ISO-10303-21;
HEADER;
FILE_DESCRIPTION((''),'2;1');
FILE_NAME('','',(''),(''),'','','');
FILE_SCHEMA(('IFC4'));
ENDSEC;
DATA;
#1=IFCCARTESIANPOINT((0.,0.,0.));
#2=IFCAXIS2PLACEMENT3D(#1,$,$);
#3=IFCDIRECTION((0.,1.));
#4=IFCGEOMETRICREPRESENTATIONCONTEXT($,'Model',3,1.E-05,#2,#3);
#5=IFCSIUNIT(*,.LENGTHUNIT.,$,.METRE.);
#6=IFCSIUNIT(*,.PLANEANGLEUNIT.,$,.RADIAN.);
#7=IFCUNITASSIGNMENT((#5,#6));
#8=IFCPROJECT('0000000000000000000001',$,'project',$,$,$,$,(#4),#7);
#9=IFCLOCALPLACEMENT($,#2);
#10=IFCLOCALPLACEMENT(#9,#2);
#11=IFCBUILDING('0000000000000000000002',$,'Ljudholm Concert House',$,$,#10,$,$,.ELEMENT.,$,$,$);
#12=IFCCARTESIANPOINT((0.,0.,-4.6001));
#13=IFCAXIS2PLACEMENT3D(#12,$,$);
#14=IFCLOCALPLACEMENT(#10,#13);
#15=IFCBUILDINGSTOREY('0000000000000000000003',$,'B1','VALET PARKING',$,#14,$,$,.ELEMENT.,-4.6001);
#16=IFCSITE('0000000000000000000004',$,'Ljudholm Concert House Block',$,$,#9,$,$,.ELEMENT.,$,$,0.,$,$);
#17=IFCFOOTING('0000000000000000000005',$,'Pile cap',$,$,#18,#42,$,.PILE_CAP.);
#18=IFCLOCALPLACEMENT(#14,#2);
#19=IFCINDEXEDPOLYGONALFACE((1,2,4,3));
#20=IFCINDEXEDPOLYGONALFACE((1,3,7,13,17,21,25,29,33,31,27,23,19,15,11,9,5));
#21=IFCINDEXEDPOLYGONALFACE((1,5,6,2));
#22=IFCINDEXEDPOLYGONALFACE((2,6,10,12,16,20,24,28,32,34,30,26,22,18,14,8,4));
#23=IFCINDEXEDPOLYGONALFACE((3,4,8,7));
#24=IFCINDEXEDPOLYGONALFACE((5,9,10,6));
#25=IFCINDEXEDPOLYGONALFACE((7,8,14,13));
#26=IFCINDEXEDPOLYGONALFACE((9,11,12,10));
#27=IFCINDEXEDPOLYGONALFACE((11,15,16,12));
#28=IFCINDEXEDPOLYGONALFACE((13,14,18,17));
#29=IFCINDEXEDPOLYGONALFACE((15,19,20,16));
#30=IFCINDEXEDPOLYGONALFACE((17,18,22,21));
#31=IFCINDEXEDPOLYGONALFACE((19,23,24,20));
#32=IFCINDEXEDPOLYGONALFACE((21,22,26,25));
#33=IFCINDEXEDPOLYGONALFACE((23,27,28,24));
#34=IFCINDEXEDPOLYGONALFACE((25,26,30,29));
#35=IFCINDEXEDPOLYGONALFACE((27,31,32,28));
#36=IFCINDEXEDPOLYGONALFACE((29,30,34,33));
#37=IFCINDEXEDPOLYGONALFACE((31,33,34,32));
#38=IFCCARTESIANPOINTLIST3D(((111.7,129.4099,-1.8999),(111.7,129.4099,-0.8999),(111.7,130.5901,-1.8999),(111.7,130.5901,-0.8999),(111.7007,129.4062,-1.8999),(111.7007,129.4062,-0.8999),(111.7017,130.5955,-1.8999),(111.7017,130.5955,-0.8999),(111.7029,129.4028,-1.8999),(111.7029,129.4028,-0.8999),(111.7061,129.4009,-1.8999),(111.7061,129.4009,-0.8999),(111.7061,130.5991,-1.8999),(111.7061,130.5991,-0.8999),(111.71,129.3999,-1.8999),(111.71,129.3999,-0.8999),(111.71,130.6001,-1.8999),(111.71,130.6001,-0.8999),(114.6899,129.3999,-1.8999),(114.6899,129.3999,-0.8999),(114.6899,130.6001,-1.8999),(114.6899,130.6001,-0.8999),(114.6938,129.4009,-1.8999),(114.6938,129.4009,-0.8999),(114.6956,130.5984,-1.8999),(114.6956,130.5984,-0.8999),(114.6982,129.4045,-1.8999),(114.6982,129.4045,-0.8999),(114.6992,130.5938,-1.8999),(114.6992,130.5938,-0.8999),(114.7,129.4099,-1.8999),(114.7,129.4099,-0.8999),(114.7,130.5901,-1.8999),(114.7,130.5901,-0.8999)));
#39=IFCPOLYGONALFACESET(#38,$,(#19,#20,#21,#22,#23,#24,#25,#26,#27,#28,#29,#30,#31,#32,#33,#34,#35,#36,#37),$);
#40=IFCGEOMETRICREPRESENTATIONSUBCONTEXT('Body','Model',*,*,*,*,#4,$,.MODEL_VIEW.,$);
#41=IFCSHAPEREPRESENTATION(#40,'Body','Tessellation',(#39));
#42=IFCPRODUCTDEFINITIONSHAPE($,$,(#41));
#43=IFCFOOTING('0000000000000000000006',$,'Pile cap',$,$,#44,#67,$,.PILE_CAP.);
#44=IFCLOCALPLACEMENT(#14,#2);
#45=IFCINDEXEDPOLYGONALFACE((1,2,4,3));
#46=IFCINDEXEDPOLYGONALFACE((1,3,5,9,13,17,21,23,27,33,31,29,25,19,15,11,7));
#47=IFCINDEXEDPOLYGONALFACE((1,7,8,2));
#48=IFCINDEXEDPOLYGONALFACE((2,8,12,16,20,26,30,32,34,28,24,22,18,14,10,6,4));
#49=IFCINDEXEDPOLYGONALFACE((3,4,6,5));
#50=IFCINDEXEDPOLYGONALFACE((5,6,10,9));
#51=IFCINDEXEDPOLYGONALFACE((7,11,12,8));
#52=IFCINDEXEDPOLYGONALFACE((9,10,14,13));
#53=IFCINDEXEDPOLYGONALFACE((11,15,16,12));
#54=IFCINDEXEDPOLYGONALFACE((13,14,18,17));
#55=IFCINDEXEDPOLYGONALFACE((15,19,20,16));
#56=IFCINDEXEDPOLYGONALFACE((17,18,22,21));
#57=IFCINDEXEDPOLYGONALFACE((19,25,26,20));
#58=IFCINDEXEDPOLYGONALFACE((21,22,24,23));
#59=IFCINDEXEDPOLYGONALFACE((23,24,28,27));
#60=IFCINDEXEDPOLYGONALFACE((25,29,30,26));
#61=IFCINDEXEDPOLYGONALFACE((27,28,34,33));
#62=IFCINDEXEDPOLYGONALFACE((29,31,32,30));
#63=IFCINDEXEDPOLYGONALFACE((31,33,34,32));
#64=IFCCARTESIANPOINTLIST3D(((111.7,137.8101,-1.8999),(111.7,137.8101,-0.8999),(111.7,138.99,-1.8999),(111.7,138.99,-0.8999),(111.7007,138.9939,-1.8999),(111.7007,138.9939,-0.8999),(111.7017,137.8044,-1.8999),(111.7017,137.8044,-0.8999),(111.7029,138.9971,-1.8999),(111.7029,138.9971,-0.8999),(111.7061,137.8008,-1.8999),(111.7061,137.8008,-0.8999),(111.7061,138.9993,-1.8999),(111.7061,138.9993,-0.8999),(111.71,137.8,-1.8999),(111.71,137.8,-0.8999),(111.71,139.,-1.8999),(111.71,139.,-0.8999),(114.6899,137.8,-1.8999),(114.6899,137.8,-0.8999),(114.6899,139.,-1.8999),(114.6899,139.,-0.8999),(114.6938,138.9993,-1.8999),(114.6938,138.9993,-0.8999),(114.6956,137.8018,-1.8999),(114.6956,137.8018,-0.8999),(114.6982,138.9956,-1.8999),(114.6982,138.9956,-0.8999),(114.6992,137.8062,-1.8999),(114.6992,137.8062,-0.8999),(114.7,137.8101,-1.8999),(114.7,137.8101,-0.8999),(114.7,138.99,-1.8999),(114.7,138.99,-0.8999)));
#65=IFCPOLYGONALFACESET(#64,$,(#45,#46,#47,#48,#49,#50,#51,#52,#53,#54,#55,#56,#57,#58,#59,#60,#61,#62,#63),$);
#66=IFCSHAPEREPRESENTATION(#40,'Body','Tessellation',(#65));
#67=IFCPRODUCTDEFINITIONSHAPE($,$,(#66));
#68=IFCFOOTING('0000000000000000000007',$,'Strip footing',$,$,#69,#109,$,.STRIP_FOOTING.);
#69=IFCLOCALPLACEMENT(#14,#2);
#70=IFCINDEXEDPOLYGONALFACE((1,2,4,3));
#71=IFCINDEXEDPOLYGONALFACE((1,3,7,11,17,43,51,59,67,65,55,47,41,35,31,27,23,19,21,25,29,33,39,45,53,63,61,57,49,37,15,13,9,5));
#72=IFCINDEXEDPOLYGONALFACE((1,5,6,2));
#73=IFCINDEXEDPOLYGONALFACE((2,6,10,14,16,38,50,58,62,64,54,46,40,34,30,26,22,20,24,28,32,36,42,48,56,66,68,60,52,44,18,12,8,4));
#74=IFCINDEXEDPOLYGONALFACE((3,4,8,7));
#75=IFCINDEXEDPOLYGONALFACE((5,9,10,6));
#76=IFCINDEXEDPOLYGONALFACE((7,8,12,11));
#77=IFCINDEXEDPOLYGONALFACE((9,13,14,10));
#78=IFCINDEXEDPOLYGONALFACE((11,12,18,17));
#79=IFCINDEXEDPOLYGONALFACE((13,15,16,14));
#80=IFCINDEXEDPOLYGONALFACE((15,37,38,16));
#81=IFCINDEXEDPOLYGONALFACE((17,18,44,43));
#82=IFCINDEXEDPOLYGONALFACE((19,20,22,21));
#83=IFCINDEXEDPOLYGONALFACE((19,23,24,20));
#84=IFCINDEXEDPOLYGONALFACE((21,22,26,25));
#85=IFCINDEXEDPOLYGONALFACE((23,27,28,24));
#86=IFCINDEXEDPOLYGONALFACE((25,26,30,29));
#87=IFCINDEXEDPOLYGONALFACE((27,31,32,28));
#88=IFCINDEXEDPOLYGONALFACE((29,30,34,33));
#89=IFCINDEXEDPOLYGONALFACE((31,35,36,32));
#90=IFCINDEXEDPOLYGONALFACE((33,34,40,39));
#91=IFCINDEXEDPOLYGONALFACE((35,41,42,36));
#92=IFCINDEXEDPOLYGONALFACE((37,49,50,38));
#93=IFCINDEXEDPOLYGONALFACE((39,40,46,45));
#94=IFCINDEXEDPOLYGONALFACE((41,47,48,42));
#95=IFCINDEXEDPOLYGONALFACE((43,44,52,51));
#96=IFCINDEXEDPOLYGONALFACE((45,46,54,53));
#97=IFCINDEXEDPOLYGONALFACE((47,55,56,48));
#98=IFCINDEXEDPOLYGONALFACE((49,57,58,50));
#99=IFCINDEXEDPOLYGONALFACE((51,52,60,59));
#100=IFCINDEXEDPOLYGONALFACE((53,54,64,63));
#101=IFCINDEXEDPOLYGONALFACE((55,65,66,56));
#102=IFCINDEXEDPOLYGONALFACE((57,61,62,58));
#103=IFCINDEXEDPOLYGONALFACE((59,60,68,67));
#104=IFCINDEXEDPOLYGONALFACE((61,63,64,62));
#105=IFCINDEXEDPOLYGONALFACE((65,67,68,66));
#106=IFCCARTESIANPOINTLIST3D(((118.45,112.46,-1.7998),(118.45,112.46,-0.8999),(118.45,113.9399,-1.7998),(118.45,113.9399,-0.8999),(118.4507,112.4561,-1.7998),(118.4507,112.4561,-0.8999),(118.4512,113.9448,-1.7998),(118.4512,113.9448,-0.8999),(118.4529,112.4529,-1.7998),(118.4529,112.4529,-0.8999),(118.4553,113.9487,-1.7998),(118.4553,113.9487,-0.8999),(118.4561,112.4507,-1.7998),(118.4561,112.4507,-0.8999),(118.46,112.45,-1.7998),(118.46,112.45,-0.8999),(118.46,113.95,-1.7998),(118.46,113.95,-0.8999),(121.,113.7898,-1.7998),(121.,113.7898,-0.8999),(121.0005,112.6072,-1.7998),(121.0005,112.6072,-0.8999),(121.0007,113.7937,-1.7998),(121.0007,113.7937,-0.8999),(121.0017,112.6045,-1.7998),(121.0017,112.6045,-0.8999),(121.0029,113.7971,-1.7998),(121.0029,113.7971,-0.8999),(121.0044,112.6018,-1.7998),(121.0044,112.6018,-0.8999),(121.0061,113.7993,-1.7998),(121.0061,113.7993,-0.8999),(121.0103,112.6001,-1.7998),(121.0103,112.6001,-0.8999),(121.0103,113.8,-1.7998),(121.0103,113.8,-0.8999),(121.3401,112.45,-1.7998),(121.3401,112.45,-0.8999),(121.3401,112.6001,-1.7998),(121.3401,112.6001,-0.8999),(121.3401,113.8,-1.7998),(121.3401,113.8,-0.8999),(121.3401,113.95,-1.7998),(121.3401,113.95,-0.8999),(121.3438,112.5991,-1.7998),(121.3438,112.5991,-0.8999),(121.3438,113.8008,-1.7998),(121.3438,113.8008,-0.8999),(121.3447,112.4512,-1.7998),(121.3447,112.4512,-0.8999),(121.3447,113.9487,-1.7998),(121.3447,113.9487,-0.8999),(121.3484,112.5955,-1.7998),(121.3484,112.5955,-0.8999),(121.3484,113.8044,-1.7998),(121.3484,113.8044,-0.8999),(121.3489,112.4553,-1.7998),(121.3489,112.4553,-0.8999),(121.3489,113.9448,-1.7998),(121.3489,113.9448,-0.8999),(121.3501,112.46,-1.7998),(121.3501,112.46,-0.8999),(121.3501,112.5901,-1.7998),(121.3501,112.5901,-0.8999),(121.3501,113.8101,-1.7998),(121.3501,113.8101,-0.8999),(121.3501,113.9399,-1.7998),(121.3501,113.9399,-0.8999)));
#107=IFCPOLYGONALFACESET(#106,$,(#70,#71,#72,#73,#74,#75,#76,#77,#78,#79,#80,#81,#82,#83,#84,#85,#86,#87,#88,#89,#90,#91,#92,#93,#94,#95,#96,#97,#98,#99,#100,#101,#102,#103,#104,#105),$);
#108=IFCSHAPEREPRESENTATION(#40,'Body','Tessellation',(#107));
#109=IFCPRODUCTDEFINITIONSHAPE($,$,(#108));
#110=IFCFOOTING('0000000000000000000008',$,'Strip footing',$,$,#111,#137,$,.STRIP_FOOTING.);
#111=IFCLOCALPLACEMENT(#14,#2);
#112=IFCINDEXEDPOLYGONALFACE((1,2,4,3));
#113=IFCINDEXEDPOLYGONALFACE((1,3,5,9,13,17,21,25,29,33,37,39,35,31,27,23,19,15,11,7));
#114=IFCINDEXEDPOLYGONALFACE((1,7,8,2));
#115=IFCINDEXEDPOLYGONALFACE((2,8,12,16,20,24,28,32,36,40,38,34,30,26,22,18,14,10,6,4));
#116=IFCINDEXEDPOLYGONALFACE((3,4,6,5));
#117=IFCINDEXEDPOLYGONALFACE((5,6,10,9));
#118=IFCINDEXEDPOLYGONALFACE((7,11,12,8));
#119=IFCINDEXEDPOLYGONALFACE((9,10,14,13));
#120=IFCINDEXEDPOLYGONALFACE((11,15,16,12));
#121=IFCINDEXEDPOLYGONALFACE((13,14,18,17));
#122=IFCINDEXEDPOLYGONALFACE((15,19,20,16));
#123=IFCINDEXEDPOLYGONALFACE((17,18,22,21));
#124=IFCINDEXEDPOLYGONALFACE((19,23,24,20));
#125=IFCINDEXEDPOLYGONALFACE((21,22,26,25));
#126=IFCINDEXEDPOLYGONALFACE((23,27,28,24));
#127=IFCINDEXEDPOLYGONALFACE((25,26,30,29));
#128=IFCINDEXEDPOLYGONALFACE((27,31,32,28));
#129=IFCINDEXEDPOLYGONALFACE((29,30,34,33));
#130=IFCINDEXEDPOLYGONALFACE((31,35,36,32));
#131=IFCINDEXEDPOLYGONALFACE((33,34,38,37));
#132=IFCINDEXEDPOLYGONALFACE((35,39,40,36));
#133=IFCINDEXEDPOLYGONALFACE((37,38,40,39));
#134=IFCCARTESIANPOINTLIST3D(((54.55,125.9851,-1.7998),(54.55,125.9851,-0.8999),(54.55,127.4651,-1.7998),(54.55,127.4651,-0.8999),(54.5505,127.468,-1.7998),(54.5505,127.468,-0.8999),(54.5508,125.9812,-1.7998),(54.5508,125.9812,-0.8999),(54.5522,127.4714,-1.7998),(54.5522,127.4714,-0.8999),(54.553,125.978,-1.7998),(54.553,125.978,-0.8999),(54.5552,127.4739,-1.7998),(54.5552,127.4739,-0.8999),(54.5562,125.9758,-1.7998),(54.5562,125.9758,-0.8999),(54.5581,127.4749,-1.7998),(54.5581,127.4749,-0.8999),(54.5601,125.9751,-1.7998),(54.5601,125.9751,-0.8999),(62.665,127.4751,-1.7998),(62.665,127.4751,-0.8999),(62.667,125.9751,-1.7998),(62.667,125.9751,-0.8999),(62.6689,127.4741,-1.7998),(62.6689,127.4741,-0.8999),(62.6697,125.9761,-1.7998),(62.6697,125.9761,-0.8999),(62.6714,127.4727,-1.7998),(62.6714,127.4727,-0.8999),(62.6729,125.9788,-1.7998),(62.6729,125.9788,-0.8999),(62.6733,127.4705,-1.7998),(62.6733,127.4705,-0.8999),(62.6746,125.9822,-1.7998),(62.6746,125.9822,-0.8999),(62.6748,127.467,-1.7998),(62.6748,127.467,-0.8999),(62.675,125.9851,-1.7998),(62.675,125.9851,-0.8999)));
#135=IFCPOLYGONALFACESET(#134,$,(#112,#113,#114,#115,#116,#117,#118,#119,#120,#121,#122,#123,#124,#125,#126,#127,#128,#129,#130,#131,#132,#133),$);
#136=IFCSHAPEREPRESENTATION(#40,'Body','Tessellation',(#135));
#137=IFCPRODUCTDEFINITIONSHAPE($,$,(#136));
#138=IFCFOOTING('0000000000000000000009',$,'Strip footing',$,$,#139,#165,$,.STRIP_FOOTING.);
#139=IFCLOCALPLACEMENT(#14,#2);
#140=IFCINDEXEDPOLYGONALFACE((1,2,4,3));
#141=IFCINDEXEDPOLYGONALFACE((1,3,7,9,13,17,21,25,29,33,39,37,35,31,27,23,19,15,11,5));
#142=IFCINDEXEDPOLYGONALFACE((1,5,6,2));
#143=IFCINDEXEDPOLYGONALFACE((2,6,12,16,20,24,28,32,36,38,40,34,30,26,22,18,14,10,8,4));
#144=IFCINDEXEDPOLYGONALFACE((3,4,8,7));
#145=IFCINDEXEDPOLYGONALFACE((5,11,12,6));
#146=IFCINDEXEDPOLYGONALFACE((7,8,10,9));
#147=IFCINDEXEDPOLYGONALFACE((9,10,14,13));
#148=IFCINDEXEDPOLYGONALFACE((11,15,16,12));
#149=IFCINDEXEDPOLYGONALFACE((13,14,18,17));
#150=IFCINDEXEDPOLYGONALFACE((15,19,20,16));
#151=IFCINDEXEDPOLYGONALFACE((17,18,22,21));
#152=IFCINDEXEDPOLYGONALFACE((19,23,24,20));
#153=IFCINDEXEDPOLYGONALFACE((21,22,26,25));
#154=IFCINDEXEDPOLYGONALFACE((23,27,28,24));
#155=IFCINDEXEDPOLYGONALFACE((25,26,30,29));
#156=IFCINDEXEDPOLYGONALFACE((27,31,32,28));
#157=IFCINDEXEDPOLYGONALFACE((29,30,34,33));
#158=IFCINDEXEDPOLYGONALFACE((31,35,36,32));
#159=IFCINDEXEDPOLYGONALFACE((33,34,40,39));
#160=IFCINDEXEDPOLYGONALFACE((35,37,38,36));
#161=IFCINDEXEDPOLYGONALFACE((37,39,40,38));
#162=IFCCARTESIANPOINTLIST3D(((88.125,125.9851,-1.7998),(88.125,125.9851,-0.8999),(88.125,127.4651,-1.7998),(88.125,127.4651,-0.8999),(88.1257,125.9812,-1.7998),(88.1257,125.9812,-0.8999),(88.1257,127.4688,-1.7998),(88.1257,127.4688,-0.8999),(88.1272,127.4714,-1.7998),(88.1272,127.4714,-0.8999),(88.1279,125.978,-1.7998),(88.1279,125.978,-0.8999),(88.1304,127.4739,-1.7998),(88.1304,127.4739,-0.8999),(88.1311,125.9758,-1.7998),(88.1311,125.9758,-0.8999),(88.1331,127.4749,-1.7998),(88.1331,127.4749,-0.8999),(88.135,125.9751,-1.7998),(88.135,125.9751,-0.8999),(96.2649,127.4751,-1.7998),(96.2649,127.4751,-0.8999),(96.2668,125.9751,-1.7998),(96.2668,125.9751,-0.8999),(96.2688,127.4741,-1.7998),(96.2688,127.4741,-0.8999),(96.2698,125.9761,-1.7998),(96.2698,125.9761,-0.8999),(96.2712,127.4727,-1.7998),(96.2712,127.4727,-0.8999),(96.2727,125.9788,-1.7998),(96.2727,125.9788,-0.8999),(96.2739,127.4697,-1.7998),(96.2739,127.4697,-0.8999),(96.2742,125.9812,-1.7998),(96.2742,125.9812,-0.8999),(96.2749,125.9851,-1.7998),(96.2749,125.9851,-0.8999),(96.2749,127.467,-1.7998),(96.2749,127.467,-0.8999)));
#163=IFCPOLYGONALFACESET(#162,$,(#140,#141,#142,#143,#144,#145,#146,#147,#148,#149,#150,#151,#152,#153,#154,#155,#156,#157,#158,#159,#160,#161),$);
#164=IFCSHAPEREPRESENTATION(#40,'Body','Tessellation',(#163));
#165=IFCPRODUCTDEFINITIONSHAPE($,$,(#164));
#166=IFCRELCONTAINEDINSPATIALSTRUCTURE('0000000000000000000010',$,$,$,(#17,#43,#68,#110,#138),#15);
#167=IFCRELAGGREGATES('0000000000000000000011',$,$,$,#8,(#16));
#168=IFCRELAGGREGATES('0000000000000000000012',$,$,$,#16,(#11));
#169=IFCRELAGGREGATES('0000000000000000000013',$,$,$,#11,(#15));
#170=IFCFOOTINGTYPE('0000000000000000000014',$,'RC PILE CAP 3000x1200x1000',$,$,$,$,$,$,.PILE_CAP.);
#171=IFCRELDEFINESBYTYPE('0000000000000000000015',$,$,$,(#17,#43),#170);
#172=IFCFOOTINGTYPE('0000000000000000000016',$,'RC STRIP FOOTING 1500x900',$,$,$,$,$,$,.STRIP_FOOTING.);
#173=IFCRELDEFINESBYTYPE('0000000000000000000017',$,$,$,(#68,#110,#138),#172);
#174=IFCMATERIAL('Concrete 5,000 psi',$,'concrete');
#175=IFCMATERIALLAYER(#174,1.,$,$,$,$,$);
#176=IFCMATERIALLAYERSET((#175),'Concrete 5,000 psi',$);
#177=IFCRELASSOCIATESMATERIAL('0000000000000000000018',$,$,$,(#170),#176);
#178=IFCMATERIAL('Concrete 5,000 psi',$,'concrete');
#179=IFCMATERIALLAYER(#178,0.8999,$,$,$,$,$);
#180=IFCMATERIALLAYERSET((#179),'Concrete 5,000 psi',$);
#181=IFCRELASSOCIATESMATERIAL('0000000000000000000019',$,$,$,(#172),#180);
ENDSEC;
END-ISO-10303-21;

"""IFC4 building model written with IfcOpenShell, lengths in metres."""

from ifc_helpers import new_model, si_unit, direction, frame, origin, place, context, subcontext, project, spatial, polyline, outline, extrude, material, layer, layer_set, type_object, element, save


model = new_model("IFC4")

# Units and contexts
model_context = context("Model", 3, precision=1e-05, world=origin(), true_north=direction((0.0, 1.0)))
body_context = subcontext(model_context, "Body", "Model", "MODEL_VIEW")
ifc_project = project(units=[si_unit("LENGTHUNIT", "METRE"), si_unit("PLANEANGLEUNIT", "RADIAN")], contexts=[model_context])

# Site, building, storey
site_placement = place(None, origin())
site = spatial("IfcSite", under=ifc_project, at=site_placement, Name="Ljudholm Concert House Block", CompositionType="ELEMENT", RefElevation=0.0)
building_placement = place(site_placement, origin())
building = spatial("IfcBuilding", under=site, at=building_placement, Name="Ljudholm Concert House", CompositionType="ELEMENT")
storey_placement = place(building_placement, frame((0.0, 0.0, -4.6001)))
storey = spatial("IfcBuildingStorey", under=building, at=storey_placement, Name="B1", Description="VALET PARKING", CompositionType="ELEMENT", Elevation=-4.6001)

# Footings
ifc_material_1 = material(Name="Concrete 5,000 psi", Category="concrete")
ifc_layer_1 = layer(ifc_material_1, 1.0)
ifc_layer_set_1 = layer_set([ifc_layer_1], Name="Concrete 5,000 psi")
footing_type_1 = type_object("IfcFootingType", Name="RC PILE CAP 3000x1200x1000", PredefinedType="PILE_CAP", material=ifc_layer_set_1)
footing_1_placement = place(storey_placement, frame((0.0, 0.0, -1.8999)))
element("IfcFooting", 1, at=footing_1_placement, inside=storey, type_object=footing_type_1, Name="Pile cap", PredefinedType="PILE_CAP", context=body_context, shape_type="SweptSolid", body=[
    extrude(outline(polyline([(111.71, 129.3999), (114.6899, 129.3999), (114.6938, 129.4009), (114.6982, 129.4045), (114.7, 129.4099), (114.7, 130.5901), (114.6992, 130.5938), (114.6956, 130.5984), (114.6899, 130.6001), (111.71, 130.6001), (111.7061, 130.5991), (111.7017, 130.5955), (111.7, 130.5901), (111.7, 129.4099), (111.7007, 129.4062), (111.7029, 129.4028), (111.7061, 129.4009), (111.71, 129.3999)])), origin(), (0.0, 0.0, 1.0), 1.0),
])
footing_2_placement = place(storey_placement, frame((0.0, 0.0, -1.8999)))
element("IfcFooting", 2, at=footing_2_placement, inside=storey, type_object=footing_type_1, Name="Pile cap", PredefinedType="PILE_CAP", context=body_context, shape_type="SweptSolid", body=[
    extrude(outline(polyline([(111.7, 138.99), (111.7, 137.8101), (111.7017, 137.8044), (111.7061, 137.8008), (111.71, 137.8), (114.6899, 137.8), (114.6956, 137.8018), (114.6992, 137.8062), (114.7, 137.8101), (114.7, 138.99), (114.6982, 138.9956), (114.6938, 138.9993), (114.6899, 139.0), (111.71, 139.0), (111.7061, 138.9993), (111.7029, 138.9971), (111.7007, 138.9939), (111.7, 138.99)])), origin(), (0.0, 0.0, 1.0), 1.0),
])
ifc_material_2 = material(Name="Concrete 5,000 psi", Category="concrete")
ifc_layer_2 = layer(ifc_material_2, 0.8999)
ifc_layer_set_2 = layer_set([ifc_layer_2], Name="Concrete 5,000 psi")
footing_type_2 = type_object("IfcFootingType", Name="RC STRIP FOOTING 1500x900", PredefinedType="STRIP_FOOTING", material=ifc_layer_set_2)
footing_3_placement = place(storey_placement, frame((0.0, 0.0, -1.7998)))
element("IfcFooting", 3, at=footing_3_placement, inside=storey, type_object=footing_type_2, Name="Strip footing", PredefinedType="STRIP_FOOTING", context=body_context, shape_type="SweptSolid", body=[
    extrude(outline(polyline([(118.46, 112.45), (121.3401, 112.45), (121.3447, 112.4512), (121.3489, 112.4553), (121.3501, 112.46), (121.3501, 112.5901), (121.3484, 112.5955), (121.3438, 112.5991), (121.3401, 112.6001), (121.0103, 112.6001), (121.0044, 112.6018), (121.0017, 112.6045), (121.0005, 112.6072), (121.0, 113.7898), (121.0007, 113.7937), (121.0029, 113.7971), (121.0061, 113.7993), (121.0103, 113.8), (121.3401, 113.8), (121.3438, 113.8008), (121.3484, 113.8044), (121.3501, 113.8101), (121.3501, 113.9399), (121.3489, 113.9448), (121.3447, 113.9487), (121.3401, 113.95), (118.46, 113.95), (118.4553, 113.9487), (118.4512, 113.9448), (118.45, 113.9399), (118.45, 112.46), (118.4507, 112.4561), (118.4529, 112.4529), (118.4561, 112.4507), (118.46, 112.45)])), origin(), (0.0, 0.0, 1.0), 0.8999),
])
footing_4_placement = place(storey_placement, frame((0.0, 0.0, -1.7998)))
element("IfcFooting", 4, at=footing_4_placement, inside=storey, type_object=footing_type_2, Name="Strip footing", PredefinedType="STRIP_FOOTING", context=body_context, shape_type="SweptSolid", body=[
    extrude(outline(polyline([(54.5601, 125.9751), (62.667, 125.9751), (62.6697, 125.9761), (62.6729, 125.9788), (62.6746, 125.9822), (62.675, 125.9851), (62.6748, 127.467), (62.6733, 127.4705), (62.6714, 127.4727), (62.6689, 127.4741), (62.665, 127.4751), (54.5581, 127.4749), (54.5552, 127.4739), (54.5522, 127.4714), (54.5505, 127.468), (54.55, 127.4651), (54.55, 125.9851), (54.5508, 125.9812), (54.553, 125.978), (54.5562, 125.9758), (54.5601, 125.9751)])), origin(), (0.0, 0.0, 1.0), 0.8999),
])
footing_5_placement = place(storey_placement, frame((0.0, 0.0, -1.7998)))
element("IfcFooting", 5, at=footing_5_placement, inside=storey, type_object=footing_type_2, Name="Strip footing", PredefinedType="STRIP_FOOTING", context=body_context, shape_type="SweptSolid", body=[
    extrude(outline(polyline([(88.135, 125.9751), (96.2668, 125.9751), (96.2698, 125.9761), (96.2727, 125.9788), (96.2742, 125.9812), (96.2749, 125.9851), (96.2749, 127.467), (96.2739, 127.4697), (96.2712, 127.4727), (96.2688, 127.4741), (96.2649, 127.4751), (88.1331, 127.4749), (88.1304, 127.4739), (88.1272, 127.4714), (88.1257, 127.4688), (88.125, 127.4651), (88.125, 125.9851), (88.1257, 125.9812), (88.1279, 125.978), (88.1311, 125.9758), (88.135, 125.9751)])), origin(), (0.0, 0.0, 1.0), 0.8999),
])

save(model, "model.ifc")
